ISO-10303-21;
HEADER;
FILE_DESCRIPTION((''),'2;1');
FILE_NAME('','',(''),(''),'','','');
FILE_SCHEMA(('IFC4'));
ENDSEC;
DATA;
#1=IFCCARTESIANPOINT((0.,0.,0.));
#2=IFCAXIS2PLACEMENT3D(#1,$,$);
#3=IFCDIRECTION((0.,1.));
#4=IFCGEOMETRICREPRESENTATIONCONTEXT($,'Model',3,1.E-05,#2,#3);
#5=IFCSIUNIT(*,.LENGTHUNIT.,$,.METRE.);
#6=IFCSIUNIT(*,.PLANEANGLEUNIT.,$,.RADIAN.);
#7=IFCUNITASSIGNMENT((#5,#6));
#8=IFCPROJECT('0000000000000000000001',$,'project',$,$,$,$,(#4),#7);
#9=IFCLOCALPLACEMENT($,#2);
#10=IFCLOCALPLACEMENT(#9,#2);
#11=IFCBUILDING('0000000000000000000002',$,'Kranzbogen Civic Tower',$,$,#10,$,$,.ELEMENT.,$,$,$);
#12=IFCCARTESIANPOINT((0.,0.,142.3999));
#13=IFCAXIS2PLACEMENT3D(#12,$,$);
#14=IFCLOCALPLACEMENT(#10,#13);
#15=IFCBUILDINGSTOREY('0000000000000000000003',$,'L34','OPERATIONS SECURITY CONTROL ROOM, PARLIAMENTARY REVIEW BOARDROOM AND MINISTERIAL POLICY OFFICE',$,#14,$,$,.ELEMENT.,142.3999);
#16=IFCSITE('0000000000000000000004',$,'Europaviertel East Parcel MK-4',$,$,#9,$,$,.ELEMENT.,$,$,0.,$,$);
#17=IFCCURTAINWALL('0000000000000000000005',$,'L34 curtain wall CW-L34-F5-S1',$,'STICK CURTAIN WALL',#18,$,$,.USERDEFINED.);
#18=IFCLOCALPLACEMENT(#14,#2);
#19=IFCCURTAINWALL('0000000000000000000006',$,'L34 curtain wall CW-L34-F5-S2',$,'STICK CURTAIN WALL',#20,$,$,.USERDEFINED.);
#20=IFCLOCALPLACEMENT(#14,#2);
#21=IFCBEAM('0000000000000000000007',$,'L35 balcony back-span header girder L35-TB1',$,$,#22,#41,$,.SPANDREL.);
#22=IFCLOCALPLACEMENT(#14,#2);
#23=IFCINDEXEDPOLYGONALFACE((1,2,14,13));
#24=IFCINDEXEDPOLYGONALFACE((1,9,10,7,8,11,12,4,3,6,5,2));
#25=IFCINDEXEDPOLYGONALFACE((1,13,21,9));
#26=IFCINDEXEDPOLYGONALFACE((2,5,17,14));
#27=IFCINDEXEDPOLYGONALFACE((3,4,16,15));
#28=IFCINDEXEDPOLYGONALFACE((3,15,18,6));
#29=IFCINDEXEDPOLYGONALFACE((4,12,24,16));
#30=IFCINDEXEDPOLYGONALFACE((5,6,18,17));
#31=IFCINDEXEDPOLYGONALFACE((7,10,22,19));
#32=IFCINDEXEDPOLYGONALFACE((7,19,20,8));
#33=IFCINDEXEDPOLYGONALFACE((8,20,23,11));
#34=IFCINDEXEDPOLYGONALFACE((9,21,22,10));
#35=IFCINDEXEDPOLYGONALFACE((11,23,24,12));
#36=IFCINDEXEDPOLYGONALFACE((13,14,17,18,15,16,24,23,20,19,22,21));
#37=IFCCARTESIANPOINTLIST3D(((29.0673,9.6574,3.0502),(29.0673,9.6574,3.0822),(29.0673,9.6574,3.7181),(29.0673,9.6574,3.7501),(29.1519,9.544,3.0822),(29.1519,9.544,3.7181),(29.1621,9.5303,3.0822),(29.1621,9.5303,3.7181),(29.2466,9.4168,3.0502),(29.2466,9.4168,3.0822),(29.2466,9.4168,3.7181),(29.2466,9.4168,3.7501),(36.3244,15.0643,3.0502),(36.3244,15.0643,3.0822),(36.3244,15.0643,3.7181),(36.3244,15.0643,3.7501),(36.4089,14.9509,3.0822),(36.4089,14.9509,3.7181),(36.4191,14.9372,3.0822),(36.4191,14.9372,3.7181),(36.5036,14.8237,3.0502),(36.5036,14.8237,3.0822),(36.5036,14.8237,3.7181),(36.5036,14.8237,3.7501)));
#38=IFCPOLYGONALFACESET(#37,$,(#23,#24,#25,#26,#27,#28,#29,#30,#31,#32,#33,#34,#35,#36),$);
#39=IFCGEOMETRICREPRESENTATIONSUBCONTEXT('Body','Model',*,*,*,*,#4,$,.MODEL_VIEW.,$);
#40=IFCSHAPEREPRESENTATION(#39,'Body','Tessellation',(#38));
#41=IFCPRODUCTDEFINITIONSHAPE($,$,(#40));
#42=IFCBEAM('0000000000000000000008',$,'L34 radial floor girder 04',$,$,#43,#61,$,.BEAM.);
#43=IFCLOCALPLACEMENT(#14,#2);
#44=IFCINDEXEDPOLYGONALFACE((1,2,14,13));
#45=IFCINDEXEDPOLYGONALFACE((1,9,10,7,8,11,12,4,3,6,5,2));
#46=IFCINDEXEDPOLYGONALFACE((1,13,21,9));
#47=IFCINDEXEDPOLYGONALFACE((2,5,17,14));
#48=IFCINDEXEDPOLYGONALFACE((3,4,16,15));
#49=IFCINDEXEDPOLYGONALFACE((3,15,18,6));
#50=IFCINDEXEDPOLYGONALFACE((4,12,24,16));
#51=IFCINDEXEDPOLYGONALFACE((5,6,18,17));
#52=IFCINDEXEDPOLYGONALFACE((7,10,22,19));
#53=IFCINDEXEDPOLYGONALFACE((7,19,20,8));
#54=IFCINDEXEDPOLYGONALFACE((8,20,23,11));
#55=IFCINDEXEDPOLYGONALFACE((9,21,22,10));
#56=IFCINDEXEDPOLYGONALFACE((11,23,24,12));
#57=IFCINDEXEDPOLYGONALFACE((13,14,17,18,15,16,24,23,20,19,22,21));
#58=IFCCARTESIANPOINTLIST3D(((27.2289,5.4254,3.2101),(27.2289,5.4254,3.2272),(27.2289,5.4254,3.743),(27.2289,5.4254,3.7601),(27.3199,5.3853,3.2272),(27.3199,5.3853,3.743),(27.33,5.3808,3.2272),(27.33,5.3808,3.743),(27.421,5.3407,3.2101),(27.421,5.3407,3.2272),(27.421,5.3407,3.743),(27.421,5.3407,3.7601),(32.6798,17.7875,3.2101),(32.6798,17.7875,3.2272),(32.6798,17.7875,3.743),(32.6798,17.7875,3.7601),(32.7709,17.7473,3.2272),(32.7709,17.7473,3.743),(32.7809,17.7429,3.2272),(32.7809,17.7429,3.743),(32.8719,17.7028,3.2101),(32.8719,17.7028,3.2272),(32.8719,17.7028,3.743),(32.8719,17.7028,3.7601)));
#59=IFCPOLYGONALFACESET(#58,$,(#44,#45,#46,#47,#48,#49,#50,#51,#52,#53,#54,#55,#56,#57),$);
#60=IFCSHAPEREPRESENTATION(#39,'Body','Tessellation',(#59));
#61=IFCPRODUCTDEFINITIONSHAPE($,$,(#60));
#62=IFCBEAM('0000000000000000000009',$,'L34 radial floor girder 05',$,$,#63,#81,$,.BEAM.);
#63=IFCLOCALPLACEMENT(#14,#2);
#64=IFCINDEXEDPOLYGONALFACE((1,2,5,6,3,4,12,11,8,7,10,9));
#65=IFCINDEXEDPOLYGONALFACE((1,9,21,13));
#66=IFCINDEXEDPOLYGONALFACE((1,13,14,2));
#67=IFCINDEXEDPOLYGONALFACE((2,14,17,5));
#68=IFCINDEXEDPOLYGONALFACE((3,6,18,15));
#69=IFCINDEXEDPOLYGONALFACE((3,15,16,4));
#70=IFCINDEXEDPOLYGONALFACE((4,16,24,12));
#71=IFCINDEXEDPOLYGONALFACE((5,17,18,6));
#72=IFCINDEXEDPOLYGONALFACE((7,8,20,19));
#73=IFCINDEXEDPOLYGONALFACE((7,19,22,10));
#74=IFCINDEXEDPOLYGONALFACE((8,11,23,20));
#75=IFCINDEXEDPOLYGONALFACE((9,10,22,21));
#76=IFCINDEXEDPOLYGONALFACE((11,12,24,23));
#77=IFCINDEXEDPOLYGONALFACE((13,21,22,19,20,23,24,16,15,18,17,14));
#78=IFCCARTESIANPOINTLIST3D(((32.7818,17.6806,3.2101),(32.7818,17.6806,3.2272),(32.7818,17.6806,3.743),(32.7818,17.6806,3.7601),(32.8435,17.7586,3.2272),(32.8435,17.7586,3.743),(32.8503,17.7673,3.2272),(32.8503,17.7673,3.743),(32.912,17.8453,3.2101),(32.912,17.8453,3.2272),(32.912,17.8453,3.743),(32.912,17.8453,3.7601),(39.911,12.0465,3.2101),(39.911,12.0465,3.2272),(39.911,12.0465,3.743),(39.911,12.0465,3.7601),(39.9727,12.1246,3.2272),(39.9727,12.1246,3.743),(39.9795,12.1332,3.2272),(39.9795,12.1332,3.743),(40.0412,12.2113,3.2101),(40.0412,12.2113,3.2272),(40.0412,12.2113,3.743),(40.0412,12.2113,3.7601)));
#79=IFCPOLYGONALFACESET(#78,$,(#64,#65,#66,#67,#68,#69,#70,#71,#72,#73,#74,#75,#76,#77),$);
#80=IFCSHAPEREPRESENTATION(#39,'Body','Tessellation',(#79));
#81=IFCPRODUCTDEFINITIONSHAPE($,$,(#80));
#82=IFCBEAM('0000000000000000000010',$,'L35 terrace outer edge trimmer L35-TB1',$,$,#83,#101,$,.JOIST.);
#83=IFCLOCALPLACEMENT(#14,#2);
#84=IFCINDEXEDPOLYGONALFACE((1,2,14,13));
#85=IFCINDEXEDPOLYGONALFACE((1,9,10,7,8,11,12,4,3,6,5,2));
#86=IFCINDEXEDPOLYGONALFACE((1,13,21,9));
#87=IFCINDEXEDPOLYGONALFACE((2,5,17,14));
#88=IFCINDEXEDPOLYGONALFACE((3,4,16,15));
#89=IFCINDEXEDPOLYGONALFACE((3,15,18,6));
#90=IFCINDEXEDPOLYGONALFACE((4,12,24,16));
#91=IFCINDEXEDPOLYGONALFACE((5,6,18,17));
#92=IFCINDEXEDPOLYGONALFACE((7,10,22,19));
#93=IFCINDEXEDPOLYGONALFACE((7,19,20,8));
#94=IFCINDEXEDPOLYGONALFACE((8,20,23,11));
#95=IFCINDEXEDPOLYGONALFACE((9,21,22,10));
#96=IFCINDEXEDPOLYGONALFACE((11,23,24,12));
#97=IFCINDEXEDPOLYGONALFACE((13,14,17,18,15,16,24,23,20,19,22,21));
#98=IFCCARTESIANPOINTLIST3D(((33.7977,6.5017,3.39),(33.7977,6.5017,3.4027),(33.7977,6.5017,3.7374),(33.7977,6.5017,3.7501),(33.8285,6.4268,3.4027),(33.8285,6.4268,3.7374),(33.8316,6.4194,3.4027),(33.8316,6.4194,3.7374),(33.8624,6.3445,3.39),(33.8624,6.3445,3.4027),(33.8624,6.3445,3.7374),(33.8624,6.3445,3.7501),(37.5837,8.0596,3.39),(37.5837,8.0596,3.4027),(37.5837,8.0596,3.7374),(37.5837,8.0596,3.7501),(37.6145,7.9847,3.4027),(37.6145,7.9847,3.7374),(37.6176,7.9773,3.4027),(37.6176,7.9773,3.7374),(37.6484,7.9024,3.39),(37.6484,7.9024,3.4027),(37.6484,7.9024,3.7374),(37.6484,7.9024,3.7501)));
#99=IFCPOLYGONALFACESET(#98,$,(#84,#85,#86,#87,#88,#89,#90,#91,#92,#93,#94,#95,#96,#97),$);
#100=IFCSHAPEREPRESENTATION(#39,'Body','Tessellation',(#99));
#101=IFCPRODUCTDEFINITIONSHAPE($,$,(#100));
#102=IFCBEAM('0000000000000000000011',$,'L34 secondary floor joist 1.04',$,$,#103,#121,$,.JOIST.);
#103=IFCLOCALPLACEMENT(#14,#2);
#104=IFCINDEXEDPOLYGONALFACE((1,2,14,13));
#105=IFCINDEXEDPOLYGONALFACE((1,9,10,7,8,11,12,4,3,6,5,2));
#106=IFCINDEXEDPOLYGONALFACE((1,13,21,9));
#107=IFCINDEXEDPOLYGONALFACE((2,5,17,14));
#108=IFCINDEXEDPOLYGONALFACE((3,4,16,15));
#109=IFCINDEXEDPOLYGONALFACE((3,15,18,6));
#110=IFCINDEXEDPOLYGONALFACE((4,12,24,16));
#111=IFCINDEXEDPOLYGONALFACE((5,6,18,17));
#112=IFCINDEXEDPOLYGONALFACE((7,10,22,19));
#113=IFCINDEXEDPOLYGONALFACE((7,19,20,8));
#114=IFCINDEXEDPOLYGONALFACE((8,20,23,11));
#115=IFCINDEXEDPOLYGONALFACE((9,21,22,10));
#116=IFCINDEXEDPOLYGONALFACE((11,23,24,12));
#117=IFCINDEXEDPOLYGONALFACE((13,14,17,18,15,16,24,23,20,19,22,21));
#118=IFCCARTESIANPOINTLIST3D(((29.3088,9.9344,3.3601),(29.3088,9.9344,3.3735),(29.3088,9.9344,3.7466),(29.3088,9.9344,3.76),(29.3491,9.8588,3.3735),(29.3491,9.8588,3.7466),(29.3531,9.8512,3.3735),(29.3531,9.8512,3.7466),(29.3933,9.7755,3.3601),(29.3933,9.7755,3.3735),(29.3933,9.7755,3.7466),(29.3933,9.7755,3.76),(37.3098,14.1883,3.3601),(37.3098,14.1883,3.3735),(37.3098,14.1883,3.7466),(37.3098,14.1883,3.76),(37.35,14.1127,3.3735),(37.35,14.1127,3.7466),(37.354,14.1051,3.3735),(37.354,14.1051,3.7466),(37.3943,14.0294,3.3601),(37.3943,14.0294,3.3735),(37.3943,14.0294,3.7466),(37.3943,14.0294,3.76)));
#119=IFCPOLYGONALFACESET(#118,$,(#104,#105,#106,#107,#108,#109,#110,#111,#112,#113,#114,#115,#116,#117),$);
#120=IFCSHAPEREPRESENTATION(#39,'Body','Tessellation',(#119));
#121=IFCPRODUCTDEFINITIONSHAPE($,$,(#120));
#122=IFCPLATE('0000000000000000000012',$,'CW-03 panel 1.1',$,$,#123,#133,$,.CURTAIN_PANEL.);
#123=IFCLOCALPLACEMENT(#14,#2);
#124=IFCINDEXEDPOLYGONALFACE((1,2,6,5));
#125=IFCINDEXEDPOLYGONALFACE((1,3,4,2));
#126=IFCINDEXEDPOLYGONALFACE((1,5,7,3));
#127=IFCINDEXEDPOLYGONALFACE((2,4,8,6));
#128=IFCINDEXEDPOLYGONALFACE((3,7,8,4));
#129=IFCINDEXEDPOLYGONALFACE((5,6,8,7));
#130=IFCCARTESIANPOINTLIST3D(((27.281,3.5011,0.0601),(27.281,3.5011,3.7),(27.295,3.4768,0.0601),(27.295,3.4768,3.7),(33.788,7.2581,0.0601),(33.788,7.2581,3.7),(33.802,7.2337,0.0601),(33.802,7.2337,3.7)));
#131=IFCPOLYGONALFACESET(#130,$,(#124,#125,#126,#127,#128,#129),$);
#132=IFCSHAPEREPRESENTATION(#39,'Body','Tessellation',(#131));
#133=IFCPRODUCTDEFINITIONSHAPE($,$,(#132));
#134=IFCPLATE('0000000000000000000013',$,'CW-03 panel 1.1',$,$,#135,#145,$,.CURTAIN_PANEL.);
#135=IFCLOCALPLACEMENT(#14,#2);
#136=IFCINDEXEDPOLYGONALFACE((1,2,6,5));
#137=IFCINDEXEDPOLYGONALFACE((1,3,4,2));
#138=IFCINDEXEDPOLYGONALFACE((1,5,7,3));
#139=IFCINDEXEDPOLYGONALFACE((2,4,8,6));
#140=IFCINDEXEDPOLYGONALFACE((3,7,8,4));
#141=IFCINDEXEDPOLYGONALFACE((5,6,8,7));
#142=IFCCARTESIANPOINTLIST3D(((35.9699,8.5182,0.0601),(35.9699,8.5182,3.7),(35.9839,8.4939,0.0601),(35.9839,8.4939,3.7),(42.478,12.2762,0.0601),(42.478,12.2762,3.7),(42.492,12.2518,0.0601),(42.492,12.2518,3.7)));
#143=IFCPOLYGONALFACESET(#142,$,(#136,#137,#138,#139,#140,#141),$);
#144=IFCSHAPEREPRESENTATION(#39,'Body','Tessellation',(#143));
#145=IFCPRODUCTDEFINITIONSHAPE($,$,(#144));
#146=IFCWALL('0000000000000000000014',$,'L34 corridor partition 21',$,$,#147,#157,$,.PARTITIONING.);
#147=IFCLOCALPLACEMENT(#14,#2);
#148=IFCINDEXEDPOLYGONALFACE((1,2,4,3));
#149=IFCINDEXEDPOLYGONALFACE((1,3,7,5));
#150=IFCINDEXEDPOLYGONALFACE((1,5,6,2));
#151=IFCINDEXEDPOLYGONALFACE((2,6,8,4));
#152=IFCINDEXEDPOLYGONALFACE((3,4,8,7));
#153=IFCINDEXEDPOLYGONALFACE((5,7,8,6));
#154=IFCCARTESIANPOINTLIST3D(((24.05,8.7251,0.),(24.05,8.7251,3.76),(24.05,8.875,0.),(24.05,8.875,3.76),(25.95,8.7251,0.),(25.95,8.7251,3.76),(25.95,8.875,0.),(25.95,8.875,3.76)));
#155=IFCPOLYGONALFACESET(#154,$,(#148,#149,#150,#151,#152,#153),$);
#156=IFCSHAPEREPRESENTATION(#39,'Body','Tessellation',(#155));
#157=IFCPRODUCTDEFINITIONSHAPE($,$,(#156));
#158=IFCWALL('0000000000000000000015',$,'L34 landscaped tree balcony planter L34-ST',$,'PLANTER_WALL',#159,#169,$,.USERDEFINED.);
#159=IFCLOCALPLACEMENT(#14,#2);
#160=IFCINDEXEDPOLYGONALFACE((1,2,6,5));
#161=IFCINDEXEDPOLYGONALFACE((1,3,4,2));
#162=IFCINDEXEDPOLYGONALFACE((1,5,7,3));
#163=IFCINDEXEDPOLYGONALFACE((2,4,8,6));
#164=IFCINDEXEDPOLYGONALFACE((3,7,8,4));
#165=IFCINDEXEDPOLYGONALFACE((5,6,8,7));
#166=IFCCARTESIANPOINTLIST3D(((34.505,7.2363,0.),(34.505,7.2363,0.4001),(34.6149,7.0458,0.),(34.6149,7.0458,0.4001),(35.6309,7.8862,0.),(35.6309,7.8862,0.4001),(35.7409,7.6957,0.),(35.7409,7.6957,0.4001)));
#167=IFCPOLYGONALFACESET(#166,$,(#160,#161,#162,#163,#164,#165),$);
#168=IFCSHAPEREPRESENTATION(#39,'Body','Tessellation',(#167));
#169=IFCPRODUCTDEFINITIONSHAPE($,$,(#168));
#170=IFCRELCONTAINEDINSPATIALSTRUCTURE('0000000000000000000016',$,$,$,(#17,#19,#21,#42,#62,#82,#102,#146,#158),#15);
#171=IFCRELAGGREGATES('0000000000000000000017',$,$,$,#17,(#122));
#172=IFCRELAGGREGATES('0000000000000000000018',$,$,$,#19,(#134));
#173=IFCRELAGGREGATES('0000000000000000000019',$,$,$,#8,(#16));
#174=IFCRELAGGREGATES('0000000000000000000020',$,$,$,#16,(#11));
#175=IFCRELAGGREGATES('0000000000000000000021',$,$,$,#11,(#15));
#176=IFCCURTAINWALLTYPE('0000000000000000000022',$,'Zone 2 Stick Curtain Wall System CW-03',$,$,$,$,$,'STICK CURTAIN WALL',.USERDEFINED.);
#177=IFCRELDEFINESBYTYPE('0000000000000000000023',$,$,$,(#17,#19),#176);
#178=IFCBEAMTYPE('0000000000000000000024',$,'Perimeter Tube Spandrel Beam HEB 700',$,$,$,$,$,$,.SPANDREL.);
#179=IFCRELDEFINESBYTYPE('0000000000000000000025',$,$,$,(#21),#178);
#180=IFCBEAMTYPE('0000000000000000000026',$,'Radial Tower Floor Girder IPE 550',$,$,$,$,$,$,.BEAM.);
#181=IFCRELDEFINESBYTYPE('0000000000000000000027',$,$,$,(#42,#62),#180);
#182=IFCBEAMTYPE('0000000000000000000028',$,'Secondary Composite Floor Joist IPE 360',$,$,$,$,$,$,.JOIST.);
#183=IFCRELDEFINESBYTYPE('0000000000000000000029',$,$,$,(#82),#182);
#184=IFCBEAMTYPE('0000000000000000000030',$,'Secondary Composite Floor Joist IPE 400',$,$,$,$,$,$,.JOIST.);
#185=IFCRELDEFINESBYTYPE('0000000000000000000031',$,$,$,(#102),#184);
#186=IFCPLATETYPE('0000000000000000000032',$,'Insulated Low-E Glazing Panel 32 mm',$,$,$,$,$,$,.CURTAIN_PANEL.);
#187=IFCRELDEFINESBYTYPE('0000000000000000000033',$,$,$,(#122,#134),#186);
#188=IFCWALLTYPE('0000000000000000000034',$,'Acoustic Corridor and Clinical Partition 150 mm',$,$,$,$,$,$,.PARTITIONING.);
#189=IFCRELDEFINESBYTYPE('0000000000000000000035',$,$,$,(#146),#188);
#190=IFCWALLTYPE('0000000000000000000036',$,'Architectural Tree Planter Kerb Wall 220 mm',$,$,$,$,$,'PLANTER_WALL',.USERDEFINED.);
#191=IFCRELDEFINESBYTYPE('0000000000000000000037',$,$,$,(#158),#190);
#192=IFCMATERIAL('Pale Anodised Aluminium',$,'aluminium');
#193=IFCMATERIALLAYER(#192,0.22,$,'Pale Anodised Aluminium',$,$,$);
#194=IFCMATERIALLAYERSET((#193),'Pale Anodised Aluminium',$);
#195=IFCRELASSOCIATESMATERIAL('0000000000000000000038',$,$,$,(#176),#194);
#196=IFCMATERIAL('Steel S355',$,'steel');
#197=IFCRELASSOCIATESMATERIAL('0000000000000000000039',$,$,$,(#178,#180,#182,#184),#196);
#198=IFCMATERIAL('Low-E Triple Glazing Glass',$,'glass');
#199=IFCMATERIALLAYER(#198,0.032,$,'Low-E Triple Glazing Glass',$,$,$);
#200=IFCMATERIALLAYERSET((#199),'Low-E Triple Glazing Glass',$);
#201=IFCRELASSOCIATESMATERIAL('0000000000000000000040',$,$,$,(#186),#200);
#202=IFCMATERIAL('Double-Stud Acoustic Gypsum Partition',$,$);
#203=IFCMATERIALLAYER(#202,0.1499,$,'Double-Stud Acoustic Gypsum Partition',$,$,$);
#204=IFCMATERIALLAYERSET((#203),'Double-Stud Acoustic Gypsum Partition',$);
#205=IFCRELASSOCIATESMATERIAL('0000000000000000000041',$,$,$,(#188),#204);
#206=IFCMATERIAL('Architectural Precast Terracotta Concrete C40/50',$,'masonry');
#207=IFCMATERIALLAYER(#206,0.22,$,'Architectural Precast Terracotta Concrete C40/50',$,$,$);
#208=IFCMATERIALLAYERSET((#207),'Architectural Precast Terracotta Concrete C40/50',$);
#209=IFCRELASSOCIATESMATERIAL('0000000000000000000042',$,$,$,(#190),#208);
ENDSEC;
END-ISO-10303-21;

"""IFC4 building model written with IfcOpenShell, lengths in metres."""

from ifc_helpers import new_model, si_unit, direction, frame, frame_2d, origin, origin_2d, place, context, subcontext, project, spatial, rectangle, i_section, extrude, material, layer, layer_set, material_profile, profile_set, type_object, element, aggregate, save


model = new_model("IFC4")

# Units and contexts
model_context = context("Model", 3, precision=1e-05, world=origin(), true_north=direction((0.0, 1.0)))
body_context = subcontext(model_context, "Body", "Model", "MODEL_VIEW")
ifc_project = project(units=[si_unit("LENGTHUNIT", "METRE"), si_unit("PLANEANGLEUNIT", "RADIAN")], contexts=[model_context])

# Site, building, storey
site_placement = place(None, origin())
site = spatial("IfcSite", under=ifc_project, at=site_placement, Name="Europaviertel East Parcel MK-4", CompositionType="ELEMENT", RefElevation=0.0)
building_placement = place(site_placement, origin())
building = spatial("IfcBuilding", under=site, at=building_placement, Name="Kranzbogen Civic Tower", CompositionType="ELEMENT")
storey_placement = place(building_placement, frame((0.0, 0.0, 142.3999)))
storey = spatial("IfcBuildingStorey", under=building, at=storey_placement, Name="L34", Description="OPERATIONS SECURITY CONTROL ROOM, PARLIAMENTARY REVIEW BOARDROOM AND MINISTERIAL POLICY OFFICE", CompositionType="ELEMENT", Elevation=142.3999)

# Shared definitions
ifc_material_1 = material(Name="Steel S355", Category="steel")

# Curtain wall
ifc_material_2 = material(Name="Pale Anodised Aluminium", Category="aluminium")
ifc_layer_1 = layer(ifc_material_2, 0.22, Name="Pale Anodised Aluminium")
ifc_layer_set_1 = layer_set([ifc_layer_1], Name="Pale Anodised Aluminium")
curtain_wall_type = type_object("IfcCurtainWallType", Name="Zone 2 Stick Curtain Wall System CW-03", ElementType="STICK CURTAIN WALL", PredefinedType="USERDEFINED", material=ifc_layer_set_1)
curtain_wall_1_placement = place(storey_placement, origin())
curtain_wall_1 = element("IfcCurtainWall", 1, at=curtain_wall_1_placement, inside=storey, type_object=curtain_wall_type, Name="L34 curtain wall CW-L34-F5-S1", ObjectType="STICK CURTAIN WALL", PredefinedType="USERDEFINED")

# Curtain wall
curtain_wall_2_placement = place(storey_placement, origin())
curtain_wall_2 = element("IfcCurtainWall", 2, at=curtain_wall_2_placement, inside=storey, type_object=curtain_wall_type, Name="L34 curtain wall CW-L34-F5-S2", ObjectType="STICK CURTAIN WALL", PredefinedType="USERDEFINED")

# Beams
ifc_material_profile_1 = material_profile(ifc_material_1, i_section(OverallWidth=0.3, OverallDepth=0.7, WebThickness=0.0171, FlangeThickness=0.032, at=origin_2d()), Name="HEB 700")
ifc_profile_set_1 = profile_set([ifc_material_profile_1], Name="Steel S355")
beam_type_1 = type_object("IfcBeamType", Name="Perimeter Tube Spandrel Beam HEB 700", PredefinedType="SPANDREL", material=ifc_profile_set_1)
beam_1_placement = place(storey_placement, frame((29.157, 9.5371, 3.4001), z_axis=(0.801896, 0.597463, 0.0), x_axis=(-0.597463, 0.801896, 0.0)))
element("IfcBeam", 3, at=beam_1_placement, inside=storey, type_object=beam_type_1, Name="L35 balcony back-span header girder L35-TB1", PredefinedType="SPANDREL", context=body_context, shape_type="SweptSolid", body=[
    extrude(i_section(OverallWidth=0.3, OverallDepth=0.7, WebThickness=0.0171, FlangeThickness=0.032, at=origin_2d()), origin(), (0.0, 0.0, 1.0), 9.0498),
])
ifc_material_profile_2 = material_profile(ifc_material_1, i_section(OverallWidth=0.21, OverallDepth=0.55, WebThickness=0.011, FlangeThickness=0.0171, at=origin_2d()), Name="IPE 550")
ifc_profile_set_2 = profile_set([ifc_material_profile_2], Name="Steel S355")
beam_type_2 = type_object("IfcBeamType", Name="Radial Tower Floor Girder IPE 550", PredefinedType="BEAM", material=ifc_profile_set_2)
beam_2_placement = place(storey_placement, frame((27.325, 5.3831, 3.4851), z_axis=(0.403459, 0.914998, 0.0), x_axis=(-0.914998, 0.403459, 0.0)))
element("IfcBeam", 4, at=beam_2_placement, inside=storey, type_object=beam_type_2, Name="L34 radial floor girder 04", PredefinedType="BEAM", context=body_context, shape_type="SweptSolid", body=[
    extrude(i_section(OverallWidth=0.21, OverallDepth=0.55, WebThickness=0.011, FlangeThickness=0.0171, at=origin_2d()), origin(), (0.0, 0.0, 1.0), 13.5105),
])
beam_3_placement = place(storey_placement, frame((39.9761, 12.1289, 3.4851), z_axis=(-0.784575, 0.620034, 0.0), x_axis=(-0.620034, -0.784575, 0.0)))
element("IfcBeam", 5, at=beam_3_placement, inside=storey, type_object=beam_type_2, Name="L34 radial floor girder 05", PredefinedType="BEAM", context=body_context, shape_type="SweptSolid", body=[
    extrude(i_section(OverallWidth=0.21, OverallDepth=0.55, WebThickness=0.011, FlangeThickness=0.0171, at=origin_2d()), origin(), (0.0, 0.0, 1.0), 9.0867),
])
ifc_material_profile_3 = material_profile(ifc_material_1, i_section(OverallWidth=0.1699, OverallDepth=0.3601, WebThickness=0.0081, FlangeThickness=0.0127, at=origin_2d()), Name="IPE 360")
ifc_profile_set_3 = profile_set([ifc_material_profile_3], Name="Steel S355")
beam_type_3 = type_object("IfcBeamType", Name="Secondary Composite Floor Joist IPE 360", PredefinedType="JOIST", material=ifc_profile_set_3)
beam_4_placement = place(storey_placement, frame((33.8301, 6.4231, 3.5701), z_axis=(0.924767, 0.380534, 0.0), x_axis=(-0.380534, 0.924767, 0.0)))
element("IfcBeam", 6, at=beam_4_placement, inside=storey, type_object=beam_type_3, Name="L35 terrace outer edge trimmer L35-TB1", PredefinedType="JOIST", context=body_context, shape_type="SweptSolid", body=[
    extrude(i_section(OverallWidth=0.1699, OverallDepth=0.3601, WebThickness=0.0081, FlangeThickness=0.0127, at=origin_2d()), origin(), (0.0, 0.0, 1.0), 4.094),
])
ifc_material_profile_4 = material_profile(ifc_material_1, i_section(OverallWidth=0.1799, OverallDepth=0.3999, WebThickness=0.0085, FlangeThickness=0.0134, at=origin_2d()), Name="IPE 400")
ifc_profile_set_4 = profile_set([ifc_material_profile_4], Name="Steel S355")
beam_type_4 = type_object("IfcBeamType", Name="Secondary Composite Floor Joist IPE 400", PredefinedType="JOIST", material=ifc_profile_set_4)
beam_5_placement = place(storey_placement, frame((29.3511, 9.855, 3.5601), z_axis=(0.882961, 0.469447, 0.0), x_axis=(-0.469447, 0.882961, 0.0)))
element("IfcBeam", 7, at=beam_5_placement, inside=storey, type_object=beam_type_4, Name="L34 secondary floor joist 1.04", PredefinedType="JOIST", context=body_context, shape_type="SweptSolid", body=[
    extrude(i_section(OverallWidth=0.1799, OverallDepth=0.3999, WebThickness=0.0085, FlangeThickness=0.0134, at=origin_2d()), origin(), (0.0, 0.0, 1.0), 9.0615),
])

# Plates
ifc_material_3 = material(Name="Low-E Triple Glazing Glass", Category="glass")
ifc_layer_2 = layer(ifc_material_3, 0.032, Name="Low-E Triple Glazing Glass")
ifc_layer_set_2 = layer_set([ifc_layer_2], Name="Low-E Triple Glazing Glass")
plate_type = type_object("IfcPlateType", Name="Insulated Low-E Glazing Panel 32 mm", PredefinedType="CURTAIN_PANEL", material=ifc_layer_set_2)
plate_1_placement = place(storey_placement, frame((30.5415, 5.3674, 0.0601), z_axis=(0.0, 0.0, 1.0), x_axis=(0.866018, 0.500013, 0.0)))
plate_1 = element("IfcPlate", 8, at=plate_1_placement, type_object=plate_type, Name="CW-03 panel 1.1", PredefinedType="CURTAIN_PANEL", context=body_context, shape_type="SweptSolid", body=[
    extrude(rectangle(XDim=7.5137, YDim=0.0281, at=origin_2d()), origin(), (0.0, 0.0, 1.0), 3.6399),
])
aggregate(curtain_wall_1, [plate_1])
plate_2_placement = place(storey_placement, frame((39.231, 10.385, 0.0601), z_axis=(0.0, 0.0, 1.0), x_axis=(0.865994, 0.500055, 0.0)))
plate_2 = element("IfcPlate", 9, at=plate_2_placement, type_object=plate_type, Name="CW-03 panel 1.1", PredefinedType="CURTAIN_PANEL", context=body_context, shape_type="SweptSolid", body=[
    extrude(rectangle(XDim=7.5151, YDim=0.0281, at=origin_2d()), origin(), (0.0, 0.0, 1.0), 3.6399),
])
aggregate(curtain_wall_2, [plate_2])

# Walls
ifc_material_4 = material(Name="Double-Stud Acoustic Gypsum Partition")
ifc_layer_3 = layer(ifc_material_4, 0.1499, Name="Double-Stud Acoustic Gypsum Partition")
ifc_layer_set_3 = layer_set([ifc_layer_3], Name="Double-Stud Acoustic Gypsum Partition")
wall_type_1 = type_object("IfcWallType", Name="Acoustic Corridor and Clinical Partition 150 mm", PredefinedType="PARTITIONING", material=ifc_layer_set_3)
wall_1_placement = place(storey_placement, frame((25.95, 8.8, 0.0), z_axis=(0.0, 0.0, 1.0), x_axis=(-1.0, 0.0, 0.0)))
element("IfcWall", 10, at=wall_1_placement, inside=storey, type_object=wall_type_1, Name="L34 corridor partition 21", PredefinedType="PARTITIONING", context=body_context, shape_type="SweptSolid", body=[
    extrude(rectangle(XDim=1.8999, YDim=0.1499, at=frame_2d((0.95, 0.0))), origin(), (0.0, 0.0, 1.0), 3.76),
])
ifc_material_5 = material(Name="Architectural Precast Terracotta Concrete C40/50", Category="masonry")
ifc_layer_4 = layer(ifc_material_5, 0.22, Name="Architectural Precast Terracotta Concrete C40/50")
ifc_layer_set_4 = layer_set([ifc_layer_4], Name="Architectural Precast Terracotta Concrete C40/50")
wall_type_2 = type_object("IfcWallType", Name="Architectural Tree Planter Kerb Wall 220 mm", ElementType="PLANTER_WALL", PredefinedType="USERDEFINED", material=ifc_layer_set_4)
wall_2_placement = place(storey_placement, frame((34.5601, 7.1411, 0.0), z_axis=(0.0, 0.0, 1.0), x_axis=(0.866086, 0.499896, 0.0)))
element("IfcWall", 11, at=wall_2_placement, inside=storey, type_object=wall_type_2, Name="L34 landscaped tree balcony planter L34-ST", ObjectType="PLANTER_WALL", PredefinedType="USERDEFINED", context=body_context, shape_type="SweptSolid", body=[
    extrude(rectangle(XDim=1.3, YDim=0.22, at=frame_2d((0.6499, 0.0))), origin(), (0.0, 0.0, 1.0), 0.4001),
])

save(model, "model.ifc")
